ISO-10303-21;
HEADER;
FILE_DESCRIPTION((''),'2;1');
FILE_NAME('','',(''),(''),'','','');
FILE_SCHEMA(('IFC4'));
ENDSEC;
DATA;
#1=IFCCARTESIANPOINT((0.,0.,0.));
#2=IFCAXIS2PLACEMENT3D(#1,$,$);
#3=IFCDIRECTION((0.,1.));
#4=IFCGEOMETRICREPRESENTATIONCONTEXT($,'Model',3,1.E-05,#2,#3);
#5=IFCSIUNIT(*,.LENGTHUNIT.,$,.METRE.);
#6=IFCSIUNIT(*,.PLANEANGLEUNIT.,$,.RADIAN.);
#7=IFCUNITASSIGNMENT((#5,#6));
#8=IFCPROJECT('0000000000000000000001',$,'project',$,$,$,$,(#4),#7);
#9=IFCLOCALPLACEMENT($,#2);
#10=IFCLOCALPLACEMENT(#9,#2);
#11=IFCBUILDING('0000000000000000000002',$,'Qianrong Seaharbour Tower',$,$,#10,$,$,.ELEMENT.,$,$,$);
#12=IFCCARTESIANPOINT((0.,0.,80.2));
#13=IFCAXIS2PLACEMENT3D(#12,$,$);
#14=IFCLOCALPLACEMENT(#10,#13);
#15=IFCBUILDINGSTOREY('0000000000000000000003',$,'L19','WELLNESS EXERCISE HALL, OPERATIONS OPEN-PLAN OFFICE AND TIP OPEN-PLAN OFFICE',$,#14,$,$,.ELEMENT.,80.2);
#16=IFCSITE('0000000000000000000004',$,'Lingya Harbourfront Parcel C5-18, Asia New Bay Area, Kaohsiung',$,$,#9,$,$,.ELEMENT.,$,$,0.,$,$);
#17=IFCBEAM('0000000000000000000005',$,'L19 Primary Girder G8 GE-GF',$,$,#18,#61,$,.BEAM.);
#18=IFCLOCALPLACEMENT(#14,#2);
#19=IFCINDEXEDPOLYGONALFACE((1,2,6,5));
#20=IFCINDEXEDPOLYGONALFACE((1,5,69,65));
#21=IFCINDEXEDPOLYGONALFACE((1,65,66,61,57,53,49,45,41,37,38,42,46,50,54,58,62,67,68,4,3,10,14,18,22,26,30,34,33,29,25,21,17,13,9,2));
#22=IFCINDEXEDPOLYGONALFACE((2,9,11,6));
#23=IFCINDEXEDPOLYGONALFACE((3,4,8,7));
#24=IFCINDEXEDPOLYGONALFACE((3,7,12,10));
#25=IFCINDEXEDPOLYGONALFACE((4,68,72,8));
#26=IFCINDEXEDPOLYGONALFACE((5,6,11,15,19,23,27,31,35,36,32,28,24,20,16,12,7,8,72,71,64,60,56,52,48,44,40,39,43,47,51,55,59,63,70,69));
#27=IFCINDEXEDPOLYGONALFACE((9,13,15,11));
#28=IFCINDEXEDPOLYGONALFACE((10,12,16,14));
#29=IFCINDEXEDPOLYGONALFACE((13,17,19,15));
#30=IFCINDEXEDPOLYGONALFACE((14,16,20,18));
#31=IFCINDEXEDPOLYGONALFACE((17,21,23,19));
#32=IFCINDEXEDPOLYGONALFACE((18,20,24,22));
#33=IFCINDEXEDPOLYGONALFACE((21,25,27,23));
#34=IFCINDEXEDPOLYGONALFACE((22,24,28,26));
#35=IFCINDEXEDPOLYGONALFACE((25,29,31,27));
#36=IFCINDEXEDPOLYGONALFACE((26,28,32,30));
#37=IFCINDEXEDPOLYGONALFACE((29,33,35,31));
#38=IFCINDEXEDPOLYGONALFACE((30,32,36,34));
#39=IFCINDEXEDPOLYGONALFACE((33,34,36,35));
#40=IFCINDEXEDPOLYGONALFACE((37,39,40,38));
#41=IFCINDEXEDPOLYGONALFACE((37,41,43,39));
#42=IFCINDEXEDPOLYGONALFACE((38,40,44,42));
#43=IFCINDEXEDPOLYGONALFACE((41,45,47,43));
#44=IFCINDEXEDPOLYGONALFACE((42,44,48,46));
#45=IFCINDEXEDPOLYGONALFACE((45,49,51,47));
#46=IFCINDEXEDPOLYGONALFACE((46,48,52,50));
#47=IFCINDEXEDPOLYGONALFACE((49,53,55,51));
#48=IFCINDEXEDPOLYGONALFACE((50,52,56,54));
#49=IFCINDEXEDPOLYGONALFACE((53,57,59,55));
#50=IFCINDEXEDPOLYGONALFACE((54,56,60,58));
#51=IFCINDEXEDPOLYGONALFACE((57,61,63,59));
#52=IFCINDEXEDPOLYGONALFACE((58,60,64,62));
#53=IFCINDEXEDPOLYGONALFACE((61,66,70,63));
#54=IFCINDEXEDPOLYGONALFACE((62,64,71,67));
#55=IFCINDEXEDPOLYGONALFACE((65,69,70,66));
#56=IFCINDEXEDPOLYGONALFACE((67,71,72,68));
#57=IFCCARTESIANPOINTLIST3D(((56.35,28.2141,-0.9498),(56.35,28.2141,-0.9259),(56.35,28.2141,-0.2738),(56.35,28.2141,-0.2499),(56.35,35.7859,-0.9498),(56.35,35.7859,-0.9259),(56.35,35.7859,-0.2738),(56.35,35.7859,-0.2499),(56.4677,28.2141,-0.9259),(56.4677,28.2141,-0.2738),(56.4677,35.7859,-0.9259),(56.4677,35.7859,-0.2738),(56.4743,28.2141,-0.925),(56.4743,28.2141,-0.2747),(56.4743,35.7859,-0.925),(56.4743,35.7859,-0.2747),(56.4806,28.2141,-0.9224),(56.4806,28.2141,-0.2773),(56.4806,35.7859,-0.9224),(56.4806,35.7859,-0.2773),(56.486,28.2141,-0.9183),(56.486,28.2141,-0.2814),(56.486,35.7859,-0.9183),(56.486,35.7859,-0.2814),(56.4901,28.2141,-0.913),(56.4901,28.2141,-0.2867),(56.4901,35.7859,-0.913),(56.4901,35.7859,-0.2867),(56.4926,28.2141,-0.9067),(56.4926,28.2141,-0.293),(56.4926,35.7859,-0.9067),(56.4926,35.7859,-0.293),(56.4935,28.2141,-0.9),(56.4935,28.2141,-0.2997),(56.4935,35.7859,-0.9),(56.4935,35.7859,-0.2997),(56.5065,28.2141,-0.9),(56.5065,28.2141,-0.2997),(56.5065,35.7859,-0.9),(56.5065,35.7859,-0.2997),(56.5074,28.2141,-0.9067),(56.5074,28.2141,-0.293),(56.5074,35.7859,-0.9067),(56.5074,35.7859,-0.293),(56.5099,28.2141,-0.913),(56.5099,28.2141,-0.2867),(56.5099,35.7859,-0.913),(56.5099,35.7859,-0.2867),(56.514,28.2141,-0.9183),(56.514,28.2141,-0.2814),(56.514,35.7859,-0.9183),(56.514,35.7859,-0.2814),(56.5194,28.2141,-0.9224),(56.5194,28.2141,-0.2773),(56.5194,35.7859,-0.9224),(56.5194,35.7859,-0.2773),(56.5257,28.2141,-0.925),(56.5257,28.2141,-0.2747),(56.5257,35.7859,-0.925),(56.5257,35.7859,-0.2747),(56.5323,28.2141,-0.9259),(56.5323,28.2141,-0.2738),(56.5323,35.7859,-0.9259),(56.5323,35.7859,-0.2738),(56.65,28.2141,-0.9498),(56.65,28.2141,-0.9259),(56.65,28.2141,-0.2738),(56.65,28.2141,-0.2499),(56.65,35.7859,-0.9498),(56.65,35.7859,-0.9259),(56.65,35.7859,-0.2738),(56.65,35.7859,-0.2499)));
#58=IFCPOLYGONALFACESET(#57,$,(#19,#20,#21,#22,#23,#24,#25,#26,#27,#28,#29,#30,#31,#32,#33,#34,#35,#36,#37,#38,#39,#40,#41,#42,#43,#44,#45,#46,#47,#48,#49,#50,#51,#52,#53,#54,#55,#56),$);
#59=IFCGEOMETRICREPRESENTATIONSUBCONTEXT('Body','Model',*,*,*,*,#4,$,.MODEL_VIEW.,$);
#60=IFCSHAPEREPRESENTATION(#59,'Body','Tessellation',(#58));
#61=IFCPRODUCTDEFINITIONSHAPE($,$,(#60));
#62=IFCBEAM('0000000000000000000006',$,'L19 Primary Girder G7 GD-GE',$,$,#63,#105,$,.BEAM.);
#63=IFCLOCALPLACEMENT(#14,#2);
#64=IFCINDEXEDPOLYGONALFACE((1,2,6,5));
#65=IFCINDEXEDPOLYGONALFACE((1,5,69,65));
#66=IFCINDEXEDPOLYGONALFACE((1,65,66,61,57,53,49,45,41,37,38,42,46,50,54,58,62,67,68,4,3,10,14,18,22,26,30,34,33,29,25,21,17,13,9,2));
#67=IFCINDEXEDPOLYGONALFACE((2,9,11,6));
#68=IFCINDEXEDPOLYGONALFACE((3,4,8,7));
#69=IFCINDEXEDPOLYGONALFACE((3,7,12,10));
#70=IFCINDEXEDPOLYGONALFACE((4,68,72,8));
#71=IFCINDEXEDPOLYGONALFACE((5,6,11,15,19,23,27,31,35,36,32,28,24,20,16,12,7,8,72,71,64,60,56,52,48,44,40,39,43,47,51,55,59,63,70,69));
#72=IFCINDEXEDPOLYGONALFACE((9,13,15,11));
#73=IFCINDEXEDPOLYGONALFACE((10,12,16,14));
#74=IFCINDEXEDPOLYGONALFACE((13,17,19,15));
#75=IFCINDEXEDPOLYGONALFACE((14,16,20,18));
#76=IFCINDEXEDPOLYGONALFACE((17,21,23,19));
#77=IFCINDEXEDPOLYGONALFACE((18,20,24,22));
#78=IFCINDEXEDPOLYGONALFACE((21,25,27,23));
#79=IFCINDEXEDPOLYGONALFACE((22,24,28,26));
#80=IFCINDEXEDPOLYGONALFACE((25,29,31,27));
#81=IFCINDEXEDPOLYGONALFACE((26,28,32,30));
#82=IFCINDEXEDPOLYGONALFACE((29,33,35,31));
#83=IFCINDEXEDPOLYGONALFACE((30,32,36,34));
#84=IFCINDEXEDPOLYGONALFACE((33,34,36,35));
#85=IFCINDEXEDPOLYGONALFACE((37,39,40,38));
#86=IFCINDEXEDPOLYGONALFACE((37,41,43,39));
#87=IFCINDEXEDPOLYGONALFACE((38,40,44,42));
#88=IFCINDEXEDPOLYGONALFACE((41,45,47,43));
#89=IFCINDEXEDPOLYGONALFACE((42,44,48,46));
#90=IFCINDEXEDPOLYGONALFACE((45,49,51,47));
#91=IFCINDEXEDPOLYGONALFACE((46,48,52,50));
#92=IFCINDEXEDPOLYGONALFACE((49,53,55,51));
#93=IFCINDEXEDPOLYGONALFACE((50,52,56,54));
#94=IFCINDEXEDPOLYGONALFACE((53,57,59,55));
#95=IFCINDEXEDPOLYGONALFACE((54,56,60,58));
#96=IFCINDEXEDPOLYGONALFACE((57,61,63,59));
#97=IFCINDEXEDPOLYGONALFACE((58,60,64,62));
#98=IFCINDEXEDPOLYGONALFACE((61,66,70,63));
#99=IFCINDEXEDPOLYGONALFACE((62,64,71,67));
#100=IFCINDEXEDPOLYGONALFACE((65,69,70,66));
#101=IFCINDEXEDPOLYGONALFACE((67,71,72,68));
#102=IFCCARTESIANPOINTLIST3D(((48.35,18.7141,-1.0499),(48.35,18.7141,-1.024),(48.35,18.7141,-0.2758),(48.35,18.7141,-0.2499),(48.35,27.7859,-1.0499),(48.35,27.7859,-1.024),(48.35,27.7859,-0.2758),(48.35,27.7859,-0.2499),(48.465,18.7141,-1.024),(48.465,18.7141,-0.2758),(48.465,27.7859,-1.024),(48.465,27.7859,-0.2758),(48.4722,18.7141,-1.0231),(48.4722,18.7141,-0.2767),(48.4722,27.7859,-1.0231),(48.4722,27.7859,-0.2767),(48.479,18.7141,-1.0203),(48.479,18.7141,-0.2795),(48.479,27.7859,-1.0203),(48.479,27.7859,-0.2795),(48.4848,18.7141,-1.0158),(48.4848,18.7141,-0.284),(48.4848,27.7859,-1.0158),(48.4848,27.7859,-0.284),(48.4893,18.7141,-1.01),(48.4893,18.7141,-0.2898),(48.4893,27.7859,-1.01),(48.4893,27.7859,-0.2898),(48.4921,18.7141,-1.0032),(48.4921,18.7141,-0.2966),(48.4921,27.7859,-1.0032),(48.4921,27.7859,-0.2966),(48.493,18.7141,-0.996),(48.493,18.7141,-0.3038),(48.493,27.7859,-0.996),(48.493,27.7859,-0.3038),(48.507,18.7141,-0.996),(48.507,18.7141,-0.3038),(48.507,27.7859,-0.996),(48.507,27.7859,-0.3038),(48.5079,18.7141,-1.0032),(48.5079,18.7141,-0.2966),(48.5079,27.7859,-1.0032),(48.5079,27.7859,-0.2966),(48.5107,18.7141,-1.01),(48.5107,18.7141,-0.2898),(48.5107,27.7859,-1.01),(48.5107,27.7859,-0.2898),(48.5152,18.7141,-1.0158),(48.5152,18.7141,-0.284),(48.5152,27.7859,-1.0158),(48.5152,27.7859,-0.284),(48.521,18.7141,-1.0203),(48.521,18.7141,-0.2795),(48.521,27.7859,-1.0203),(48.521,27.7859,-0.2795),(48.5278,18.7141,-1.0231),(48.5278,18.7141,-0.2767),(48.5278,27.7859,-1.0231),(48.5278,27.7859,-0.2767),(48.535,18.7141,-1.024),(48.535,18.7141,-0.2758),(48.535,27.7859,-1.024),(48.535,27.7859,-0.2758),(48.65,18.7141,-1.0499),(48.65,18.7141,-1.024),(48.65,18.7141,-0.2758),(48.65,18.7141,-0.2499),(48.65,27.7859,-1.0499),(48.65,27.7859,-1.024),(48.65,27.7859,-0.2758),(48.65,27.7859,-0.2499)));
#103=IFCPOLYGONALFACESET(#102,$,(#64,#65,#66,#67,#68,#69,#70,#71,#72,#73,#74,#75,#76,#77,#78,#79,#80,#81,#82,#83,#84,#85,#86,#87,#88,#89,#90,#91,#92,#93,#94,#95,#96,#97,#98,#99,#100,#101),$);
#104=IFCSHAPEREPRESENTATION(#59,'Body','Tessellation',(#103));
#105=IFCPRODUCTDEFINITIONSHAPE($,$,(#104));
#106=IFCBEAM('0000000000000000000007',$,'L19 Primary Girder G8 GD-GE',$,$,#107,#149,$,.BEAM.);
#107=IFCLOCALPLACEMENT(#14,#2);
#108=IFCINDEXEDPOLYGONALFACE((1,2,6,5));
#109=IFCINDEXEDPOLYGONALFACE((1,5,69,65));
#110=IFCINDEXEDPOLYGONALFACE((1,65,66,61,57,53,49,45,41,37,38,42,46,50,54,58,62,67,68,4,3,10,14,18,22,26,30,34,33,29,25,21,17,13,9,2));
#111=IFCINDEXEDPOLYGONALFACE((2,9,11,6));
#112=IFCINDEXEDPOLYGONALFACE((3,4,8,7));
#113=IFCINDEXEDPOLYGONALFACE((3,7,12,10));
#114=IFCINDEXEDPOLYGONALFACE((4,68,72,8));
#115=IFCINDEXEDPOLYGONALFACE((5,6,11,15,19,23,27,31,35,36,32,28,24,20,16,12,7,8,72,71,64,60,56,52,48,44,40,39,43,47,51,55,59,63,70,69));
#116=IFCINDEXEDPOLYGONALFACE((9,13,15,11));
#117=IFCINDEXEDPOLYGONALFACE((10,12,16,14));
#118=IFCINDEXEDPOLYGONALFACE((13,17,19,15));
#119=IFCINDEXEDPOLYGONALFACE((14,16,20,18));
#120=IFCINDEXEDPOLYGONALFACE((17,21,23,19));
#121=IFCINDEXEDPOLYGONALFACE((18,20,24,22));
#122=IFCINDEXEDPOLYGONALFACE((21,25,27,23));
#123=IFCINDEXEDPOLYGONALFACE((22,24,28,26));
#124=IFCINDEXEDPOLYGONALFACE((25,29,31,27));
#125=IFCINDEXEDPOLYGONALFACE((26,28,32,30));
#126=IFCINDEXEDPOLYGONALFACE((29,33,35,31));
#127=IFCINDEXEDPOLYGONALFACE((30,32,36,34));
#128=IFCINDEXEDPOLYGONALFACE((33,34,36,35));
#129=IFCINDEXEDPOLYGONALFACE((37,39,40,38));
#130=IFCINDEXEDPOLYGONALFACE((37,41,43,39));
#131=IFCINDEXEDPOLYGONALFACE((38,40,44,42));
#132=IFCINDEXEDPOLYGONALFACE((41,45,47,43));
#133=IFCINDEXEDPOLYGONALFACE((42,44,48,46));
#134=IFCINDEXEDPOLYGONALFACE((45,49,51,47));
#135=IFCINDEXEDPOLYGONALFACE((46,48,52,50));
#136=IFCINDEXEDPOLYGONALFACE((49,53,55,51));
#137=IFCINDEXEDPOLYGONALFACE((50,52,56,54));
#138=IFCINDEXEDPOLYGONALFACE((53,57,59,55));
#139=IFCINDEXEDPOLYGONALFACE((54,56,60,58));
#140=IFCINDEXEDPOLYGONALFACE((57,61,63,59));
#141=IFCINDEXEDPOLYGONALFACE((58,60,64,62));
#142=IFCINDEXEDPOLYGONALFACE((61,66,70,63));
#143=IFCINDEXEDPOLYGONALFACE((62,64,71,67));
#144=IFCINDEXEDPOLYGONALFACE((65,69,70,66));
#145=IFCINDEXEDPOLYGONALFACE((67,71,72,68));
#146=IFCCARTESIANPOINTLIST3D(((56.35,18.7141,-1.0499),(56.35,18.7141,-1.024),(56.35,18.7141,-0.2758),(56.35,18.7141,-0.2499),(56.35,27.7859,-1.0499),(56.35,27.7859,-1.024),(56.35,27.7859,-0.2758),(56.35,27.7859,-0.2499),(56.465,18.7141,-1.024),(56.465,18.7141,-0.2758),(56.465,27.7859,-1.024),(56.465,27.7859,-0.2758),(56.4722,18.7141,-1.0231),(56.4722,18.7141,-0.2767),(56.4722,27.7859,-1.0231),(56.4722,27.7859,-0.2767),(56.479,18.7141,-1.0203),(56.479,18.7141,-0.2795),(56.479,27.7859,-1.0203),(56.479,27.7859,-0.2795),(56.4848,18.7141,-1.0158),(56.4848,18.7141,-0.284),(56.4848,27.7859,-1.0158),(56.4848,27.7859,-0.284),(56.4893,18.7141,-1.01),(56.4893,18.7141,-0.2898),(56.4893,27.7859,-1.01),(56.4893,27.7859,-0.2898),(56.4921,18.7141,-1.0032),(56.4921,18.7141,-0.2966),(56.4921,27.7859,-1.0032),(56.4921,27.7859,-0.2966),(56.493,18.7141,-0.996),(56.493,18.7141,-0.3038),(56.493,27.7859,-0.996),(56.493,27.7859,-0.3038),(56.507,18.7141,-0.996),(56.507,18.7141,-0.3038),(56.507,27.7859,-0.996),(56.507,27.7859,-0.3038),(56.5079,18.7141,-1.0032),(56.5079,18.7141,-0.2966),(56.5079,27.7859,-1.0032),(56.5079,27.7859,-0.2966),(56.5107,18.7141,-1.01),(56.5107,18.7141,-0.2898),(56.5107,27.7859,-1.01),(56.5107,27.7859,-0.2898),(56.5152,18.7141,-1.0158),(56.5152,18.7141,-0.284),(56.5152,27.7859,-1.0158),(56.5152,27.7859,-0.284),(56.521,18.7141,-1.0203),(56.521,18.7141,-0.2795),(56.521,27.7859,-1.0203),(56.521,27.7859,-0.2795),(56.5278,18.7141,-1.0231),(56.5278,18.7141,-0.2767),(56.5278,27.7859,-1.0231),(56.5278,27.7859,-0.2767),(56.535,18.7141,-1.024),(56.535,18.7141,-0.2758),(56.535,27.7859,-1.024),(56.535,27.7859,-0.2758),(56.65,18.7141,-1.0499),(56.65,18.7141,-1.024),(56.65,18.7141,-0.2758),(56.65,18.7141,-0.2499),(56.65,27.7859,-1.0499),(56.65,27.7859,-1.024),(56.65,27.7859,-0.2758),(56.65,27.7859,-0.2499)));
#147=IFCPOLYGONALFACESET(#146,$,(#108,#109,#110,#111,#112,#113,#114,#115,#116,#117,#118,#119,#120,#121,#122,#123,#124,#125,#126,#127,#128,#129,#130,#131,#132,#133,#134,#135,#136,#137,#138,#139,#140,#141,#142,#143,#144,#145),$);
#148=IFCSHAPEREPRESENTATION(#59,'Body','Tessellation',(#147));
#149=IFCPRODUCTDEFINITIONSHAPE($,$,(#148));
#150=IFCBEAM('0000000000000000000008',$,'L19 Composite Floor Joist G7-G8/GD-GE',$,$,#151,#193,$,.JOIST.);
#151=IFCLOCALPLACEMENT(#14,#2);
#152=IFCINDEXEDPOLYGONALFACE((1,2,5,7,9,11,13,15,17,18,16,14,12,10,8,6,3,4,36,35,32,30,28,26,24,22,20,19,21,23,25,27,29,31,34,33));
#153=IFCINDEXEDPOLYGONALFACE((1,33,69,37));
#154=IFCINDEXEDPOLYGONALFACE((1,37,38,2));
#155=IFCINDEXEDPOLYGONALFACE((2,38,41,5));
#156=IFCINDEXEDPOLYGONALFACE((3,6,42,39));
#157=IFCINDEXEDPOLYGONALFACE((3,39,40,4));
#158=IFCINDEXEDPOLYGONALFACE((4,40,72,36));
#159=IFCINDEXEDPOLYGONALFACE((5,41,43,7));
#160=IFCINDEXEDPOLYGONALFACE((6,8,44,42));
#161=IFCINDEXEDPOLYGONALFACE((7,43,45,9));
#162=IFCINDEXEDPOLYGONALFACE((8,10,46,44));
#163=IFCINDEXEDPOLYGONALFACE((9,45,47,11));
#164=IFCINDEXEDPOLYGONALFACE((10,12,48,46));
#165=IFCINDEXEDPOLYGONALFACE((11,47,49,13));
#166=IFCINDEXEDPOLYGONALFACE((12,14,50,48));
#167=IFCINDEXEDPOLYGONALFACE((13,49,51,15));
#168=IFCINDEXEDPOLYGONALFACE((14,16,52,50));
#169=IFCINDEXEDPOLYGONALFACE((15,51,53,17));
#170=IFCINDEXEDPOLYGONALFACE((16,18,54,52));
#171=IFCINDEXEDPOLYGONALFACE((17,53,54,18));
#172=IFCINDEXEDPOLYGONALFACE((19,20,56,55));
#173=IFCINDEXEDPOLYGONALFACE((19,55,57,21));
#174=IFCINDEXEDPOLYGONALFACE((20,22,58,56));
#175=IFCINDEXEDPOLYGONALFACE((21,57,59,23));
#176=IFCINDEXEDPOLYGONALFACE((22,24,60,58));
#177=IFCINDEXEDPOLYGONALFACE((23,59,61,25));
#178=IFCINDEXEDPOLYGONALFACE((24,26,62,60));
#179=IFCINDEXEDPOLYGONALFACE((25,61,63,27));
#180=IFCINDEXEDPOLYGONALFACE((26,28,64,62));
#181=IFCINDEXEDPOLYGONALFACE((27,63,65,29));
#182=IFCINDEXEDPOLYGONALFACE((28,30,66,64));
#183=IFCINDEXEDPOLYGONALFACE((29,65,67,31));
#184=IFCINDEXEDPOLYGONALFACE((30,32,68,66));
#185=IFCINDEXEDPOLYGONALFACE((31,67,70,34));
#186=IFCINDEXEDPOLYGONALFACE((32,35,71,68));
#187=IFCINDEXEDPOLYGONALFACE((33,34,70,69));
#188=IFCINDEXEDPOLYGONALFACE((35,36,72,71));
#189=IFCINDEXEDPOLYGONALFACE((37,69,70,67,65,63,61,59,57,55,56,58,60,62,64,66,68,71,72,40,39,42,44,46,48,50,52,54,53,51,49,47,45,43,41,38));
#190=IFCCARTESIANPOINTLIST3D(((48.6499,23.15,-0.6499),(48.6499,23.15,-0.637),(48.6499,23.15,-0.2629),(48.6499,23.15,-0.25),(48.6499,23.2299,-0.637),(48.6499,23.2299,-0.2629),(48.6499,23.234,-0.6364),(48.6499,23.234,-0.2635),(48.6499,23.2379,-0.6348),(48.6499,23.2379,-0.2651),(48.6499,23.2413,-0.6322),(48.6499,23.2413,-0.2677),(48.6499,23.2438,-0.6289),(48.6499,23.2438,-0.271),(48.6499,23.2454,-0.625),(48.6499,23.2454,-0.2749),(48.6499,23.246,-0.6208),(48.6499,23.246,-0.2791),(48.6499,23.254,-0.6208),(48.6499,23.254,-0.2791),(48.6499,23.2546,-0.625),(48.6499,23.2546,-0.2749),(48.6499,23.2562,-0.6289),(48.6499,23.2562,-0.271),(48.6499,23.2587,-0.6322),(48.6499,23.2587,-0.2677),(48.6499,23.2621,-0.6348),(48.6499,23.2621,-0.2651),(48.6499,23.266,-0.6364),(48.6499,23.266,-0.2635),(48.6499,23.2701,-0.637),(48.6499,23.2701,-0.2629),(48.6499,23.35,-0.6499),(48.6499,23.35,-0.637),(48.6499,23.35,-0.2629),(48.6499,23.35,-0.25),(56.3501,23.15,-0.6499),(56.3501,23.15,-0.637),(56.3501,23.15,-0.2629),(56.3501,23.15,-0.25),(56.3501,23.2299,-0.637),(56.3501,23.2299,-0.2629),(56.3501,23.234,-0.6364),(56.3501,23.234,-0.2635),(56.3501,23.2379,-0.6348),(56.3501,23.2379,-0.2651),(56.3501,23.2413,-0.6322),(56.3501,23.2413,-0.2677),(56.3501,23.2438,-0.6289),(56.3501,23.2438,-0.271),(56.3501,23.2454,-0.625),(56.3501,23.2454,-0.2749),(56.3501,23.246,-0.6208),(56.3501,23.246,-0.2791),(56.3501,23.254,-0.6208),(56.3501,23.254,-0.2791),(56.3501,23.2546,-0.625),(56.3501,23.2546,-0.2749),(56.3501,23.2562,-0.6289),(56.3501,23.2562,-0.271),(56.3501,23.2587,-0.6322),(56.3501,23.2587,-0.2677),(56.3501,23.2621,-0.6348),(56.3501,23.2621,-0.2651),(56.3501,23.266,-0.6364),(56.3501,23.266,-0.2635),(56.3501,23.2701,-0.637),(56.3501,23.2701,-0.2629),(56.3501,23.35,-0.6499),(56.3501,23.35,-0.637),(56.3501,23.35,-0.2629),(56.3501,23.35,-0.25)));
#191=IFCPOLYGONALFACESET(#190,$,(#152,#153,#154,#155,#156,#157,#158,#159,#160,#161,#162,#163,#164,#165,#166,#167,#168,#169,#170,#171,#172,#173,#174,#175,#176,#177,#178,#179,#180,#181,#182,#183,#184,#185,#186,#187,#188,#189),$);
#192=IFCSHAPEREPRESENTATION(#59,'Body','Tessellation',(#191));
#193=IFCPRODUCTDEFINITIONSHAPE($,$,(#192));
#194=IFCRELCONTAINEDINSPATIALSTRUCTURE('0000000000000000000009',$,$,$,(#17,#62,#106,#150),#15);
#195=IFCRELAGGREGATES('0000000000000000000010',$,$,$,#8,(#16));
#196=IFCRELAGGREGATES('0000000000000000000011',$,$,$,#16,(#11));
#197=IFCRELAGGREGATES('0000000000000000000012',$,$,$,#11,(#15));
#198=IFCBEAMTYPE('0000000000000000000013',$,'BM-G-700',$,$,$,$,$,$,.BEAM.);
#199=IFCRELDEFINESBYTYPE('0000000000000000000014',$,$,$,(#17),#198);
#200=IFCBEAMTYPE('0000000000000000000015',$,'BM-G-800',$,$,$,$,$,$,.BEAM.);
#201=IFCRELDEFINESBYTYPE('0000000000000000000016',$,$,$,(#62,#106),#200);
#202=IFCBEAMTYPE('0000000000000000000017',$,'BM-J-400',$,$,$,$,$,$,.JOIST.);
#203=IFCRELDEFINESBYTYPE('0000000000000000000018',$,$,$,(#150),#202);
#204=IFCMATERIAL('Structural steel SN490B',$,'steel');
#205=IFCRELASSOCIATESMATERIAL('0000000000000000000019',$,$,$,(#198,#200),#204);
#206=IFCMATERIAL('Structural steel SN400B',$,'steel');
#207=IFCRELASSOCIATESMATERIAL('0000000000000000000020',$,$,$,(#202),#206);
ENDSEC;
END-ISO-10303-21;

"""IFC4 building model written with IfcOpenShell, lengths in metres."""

from ifc_helpers import new_model, si_unit, direction, frame, origin, origin_2d, place, context, subcontext, project, spatial, i_section, extrude, material, material_profile, profile_set, type_object, element, save


model = new_model("IFC4")

# Units and contexts
model_context = context("Model", 3, precision=1e-05, world=origin(), true_north=direction((0.0, 1.0)))
body_context = subcontext(model_context, "Body", "Model", "MODEL_VIEW")
ifc_project = project(units=[si_unit("LENGTHUNIT", "METRE"), si_unit("PLANEANGLEUNIT", "RADIAN")], contexts=[model_context])

# Site, building, storey
site_placement = place(None, origin())
site = spatial("IfcSite", under=ifc_project, at=site_placement, Name="Lingya Harbourfront Parcel C5-18, Asia New Bay Area, Kaohsiung", CompositionType="ELEMENT", RefElevation=0.0)
building_placement = place(site_placement, origin())
building = spatial("IfcBuilding", under=site, at=building_placement, Name="Qianrong Seaharbour Tower", CompositionType="ELEMENT")
storey_placement = place(building_placement, frame((0.0, 0.0, 80.2)))
storey = spatial("IfcBuildingStorey", under=building, at=storey_placement, Name="L19", Description="WELLNESS EXERCISE HALL, OPERATIONS OPEN-PLAN OFFICE AND TIP OPEN-PLAN OFFICE", CompositionType="ELEMENT", Elevation=80.2)

# Shared definitions
ifc_material_1 = material(Name="Structural steel SN490B", Category="steel")

# Beams
ifc_material_profile_1 = material_profile(ifc_material_1, i_section(OverallWidth=0.3, OverallDepth=0.7, WebThickness=0.0129, FlangeThickness=0.0239, FilletRadius=0.0259, at=origin_2d()), Name="H700x300x13x24")
ifc_profile_set_1 = profile_set([ifc_material_profile_1], Name="Structural steel SN490B")
beam_type_1 = type_object("IfcBeamType", Name="BM-G-700", PredefinedType="BEAM", material=ifc_profile_set_1)
for number, where, z_axis, x_axis, name in (
    (1, (56.5, 28.2141, -0.5999), (0.0, 1.0, 0.0), (-1.0, 0.0, 0.0), "L19 Primary Girder G8 GE-GF"),
):
    element("IfcBeam", number, at=place(storey_placement, frame(where, z_axis=z_axis, x_axis=x_axis)), inside=storey, type_object=beam_type_1, Name=name, PredefinedType="BEAM", context=body_context, shape_type="SweptSolid", body=[
        extrude(i_section(OverallWidth=0.3, OverallDepth=0.7, WebThickness=0.0129, FlangeThickness=0.0239, FilletRadius=0.0259, at=origin_2d()), origin(), (0.0, 0.0, 1.0), 7.5718),
    ])
ifc_material_profile_2 = material_profile(ifc_material_1, i_section(OverallWidth=0.3, OverallDepth=0.8, WebThickness=0.0139, FlangeThickness=0.0259, FilletRadius=0.0281, at=origin_2d()), Name="H800x300x14x26")
ifc_profile_set_2 = profile_set([ifc_material_profile_2], Name="Structural steel SN490B")
beam_type_2 = type_object("IfcBeamType", Name="BM-G-800", PredefinedType="BEAM", material=ifc_profile_set_2)
for number, where, z_axis, x_axis, name in (
    (2, (48.5, 18.7141, -0.6499), (0.0, 1.0, 0.0), (-1.0, 0.0, 0.0), "L19 Primary Girder G7 GD-GE"),
    (3, (56.5, 18.7141, -0.6499), (0.0, 1.0, 0.0), (-1.0, 0.0, 0.0), "L19 Primary Girder G8 GD-GE"),
):
    element("IfcBeam", number, at=place(storey_placement, frame(where, z_axis=z_axis, x_axis=x_axis)), inside=storey, type_object=beam_type_2, Name=name, PredefinedType="BEAM", context=body_context, shape_type="SweptSolid", body=[
        extrude(i_section(OverallWidth=0.3, OverallDepth=0.8, WebThickness=0.0139, FlangeThickness=0.0259, FilletRadius=0.0281, at=origin_2d()), origin(), (0.0, 0.0, 1.0), 9.0718),
    ])
ifc_material_2 = material(Name="Structural steel SN400B", Category="steel")
ifc_material_profile_3 = material_profile(ifc_material_2, i_section(OverallWidth=0.2, OverallDepth=0.3999, WebThickness=0.0081, FlangeThickness=0.0129, FilletRadius=0.0161, at=origin_2d()), Name="H400x200x8x13")
ifc_profile_set_3 = profile_set([ifc_material_profile_3], Name="Structural steel SN400B")
beam_type_3 = type_object("IfcBeamType", Name="BM-J-400", PredefinedType="JOIST", material=ifc_profile_set_3)
for number, where, z_axis, x_axis, name in (
    (4, (48.6499, 23.25, -0.45), (1.0, 0.0, 0.0), (0.0, 1.0, 0.0), "L19 Composite Floor Joist G7-G8/GD-GE"),
):
    element("IfcBeam", number, at=place(storey_placement, frame(where, z_axis=z_axis, x_axis=x_axis)), inside=storey, type_object=beam_type_3, Name=name, PredefinedType="JOIST", context=body_context, shape_type="SweptSolid", body=[
        extrude(i_section(OverallWidth=0.2, OverallDepth=0.3999, WebThickness=0.0081, FlangeThickness=0.0129, FilletRadius=0.0161, at=origin_2d()), origin(), (0.0, 0.0, 1.0), 7.7002),
    ])

save(model, "model.ifc")
